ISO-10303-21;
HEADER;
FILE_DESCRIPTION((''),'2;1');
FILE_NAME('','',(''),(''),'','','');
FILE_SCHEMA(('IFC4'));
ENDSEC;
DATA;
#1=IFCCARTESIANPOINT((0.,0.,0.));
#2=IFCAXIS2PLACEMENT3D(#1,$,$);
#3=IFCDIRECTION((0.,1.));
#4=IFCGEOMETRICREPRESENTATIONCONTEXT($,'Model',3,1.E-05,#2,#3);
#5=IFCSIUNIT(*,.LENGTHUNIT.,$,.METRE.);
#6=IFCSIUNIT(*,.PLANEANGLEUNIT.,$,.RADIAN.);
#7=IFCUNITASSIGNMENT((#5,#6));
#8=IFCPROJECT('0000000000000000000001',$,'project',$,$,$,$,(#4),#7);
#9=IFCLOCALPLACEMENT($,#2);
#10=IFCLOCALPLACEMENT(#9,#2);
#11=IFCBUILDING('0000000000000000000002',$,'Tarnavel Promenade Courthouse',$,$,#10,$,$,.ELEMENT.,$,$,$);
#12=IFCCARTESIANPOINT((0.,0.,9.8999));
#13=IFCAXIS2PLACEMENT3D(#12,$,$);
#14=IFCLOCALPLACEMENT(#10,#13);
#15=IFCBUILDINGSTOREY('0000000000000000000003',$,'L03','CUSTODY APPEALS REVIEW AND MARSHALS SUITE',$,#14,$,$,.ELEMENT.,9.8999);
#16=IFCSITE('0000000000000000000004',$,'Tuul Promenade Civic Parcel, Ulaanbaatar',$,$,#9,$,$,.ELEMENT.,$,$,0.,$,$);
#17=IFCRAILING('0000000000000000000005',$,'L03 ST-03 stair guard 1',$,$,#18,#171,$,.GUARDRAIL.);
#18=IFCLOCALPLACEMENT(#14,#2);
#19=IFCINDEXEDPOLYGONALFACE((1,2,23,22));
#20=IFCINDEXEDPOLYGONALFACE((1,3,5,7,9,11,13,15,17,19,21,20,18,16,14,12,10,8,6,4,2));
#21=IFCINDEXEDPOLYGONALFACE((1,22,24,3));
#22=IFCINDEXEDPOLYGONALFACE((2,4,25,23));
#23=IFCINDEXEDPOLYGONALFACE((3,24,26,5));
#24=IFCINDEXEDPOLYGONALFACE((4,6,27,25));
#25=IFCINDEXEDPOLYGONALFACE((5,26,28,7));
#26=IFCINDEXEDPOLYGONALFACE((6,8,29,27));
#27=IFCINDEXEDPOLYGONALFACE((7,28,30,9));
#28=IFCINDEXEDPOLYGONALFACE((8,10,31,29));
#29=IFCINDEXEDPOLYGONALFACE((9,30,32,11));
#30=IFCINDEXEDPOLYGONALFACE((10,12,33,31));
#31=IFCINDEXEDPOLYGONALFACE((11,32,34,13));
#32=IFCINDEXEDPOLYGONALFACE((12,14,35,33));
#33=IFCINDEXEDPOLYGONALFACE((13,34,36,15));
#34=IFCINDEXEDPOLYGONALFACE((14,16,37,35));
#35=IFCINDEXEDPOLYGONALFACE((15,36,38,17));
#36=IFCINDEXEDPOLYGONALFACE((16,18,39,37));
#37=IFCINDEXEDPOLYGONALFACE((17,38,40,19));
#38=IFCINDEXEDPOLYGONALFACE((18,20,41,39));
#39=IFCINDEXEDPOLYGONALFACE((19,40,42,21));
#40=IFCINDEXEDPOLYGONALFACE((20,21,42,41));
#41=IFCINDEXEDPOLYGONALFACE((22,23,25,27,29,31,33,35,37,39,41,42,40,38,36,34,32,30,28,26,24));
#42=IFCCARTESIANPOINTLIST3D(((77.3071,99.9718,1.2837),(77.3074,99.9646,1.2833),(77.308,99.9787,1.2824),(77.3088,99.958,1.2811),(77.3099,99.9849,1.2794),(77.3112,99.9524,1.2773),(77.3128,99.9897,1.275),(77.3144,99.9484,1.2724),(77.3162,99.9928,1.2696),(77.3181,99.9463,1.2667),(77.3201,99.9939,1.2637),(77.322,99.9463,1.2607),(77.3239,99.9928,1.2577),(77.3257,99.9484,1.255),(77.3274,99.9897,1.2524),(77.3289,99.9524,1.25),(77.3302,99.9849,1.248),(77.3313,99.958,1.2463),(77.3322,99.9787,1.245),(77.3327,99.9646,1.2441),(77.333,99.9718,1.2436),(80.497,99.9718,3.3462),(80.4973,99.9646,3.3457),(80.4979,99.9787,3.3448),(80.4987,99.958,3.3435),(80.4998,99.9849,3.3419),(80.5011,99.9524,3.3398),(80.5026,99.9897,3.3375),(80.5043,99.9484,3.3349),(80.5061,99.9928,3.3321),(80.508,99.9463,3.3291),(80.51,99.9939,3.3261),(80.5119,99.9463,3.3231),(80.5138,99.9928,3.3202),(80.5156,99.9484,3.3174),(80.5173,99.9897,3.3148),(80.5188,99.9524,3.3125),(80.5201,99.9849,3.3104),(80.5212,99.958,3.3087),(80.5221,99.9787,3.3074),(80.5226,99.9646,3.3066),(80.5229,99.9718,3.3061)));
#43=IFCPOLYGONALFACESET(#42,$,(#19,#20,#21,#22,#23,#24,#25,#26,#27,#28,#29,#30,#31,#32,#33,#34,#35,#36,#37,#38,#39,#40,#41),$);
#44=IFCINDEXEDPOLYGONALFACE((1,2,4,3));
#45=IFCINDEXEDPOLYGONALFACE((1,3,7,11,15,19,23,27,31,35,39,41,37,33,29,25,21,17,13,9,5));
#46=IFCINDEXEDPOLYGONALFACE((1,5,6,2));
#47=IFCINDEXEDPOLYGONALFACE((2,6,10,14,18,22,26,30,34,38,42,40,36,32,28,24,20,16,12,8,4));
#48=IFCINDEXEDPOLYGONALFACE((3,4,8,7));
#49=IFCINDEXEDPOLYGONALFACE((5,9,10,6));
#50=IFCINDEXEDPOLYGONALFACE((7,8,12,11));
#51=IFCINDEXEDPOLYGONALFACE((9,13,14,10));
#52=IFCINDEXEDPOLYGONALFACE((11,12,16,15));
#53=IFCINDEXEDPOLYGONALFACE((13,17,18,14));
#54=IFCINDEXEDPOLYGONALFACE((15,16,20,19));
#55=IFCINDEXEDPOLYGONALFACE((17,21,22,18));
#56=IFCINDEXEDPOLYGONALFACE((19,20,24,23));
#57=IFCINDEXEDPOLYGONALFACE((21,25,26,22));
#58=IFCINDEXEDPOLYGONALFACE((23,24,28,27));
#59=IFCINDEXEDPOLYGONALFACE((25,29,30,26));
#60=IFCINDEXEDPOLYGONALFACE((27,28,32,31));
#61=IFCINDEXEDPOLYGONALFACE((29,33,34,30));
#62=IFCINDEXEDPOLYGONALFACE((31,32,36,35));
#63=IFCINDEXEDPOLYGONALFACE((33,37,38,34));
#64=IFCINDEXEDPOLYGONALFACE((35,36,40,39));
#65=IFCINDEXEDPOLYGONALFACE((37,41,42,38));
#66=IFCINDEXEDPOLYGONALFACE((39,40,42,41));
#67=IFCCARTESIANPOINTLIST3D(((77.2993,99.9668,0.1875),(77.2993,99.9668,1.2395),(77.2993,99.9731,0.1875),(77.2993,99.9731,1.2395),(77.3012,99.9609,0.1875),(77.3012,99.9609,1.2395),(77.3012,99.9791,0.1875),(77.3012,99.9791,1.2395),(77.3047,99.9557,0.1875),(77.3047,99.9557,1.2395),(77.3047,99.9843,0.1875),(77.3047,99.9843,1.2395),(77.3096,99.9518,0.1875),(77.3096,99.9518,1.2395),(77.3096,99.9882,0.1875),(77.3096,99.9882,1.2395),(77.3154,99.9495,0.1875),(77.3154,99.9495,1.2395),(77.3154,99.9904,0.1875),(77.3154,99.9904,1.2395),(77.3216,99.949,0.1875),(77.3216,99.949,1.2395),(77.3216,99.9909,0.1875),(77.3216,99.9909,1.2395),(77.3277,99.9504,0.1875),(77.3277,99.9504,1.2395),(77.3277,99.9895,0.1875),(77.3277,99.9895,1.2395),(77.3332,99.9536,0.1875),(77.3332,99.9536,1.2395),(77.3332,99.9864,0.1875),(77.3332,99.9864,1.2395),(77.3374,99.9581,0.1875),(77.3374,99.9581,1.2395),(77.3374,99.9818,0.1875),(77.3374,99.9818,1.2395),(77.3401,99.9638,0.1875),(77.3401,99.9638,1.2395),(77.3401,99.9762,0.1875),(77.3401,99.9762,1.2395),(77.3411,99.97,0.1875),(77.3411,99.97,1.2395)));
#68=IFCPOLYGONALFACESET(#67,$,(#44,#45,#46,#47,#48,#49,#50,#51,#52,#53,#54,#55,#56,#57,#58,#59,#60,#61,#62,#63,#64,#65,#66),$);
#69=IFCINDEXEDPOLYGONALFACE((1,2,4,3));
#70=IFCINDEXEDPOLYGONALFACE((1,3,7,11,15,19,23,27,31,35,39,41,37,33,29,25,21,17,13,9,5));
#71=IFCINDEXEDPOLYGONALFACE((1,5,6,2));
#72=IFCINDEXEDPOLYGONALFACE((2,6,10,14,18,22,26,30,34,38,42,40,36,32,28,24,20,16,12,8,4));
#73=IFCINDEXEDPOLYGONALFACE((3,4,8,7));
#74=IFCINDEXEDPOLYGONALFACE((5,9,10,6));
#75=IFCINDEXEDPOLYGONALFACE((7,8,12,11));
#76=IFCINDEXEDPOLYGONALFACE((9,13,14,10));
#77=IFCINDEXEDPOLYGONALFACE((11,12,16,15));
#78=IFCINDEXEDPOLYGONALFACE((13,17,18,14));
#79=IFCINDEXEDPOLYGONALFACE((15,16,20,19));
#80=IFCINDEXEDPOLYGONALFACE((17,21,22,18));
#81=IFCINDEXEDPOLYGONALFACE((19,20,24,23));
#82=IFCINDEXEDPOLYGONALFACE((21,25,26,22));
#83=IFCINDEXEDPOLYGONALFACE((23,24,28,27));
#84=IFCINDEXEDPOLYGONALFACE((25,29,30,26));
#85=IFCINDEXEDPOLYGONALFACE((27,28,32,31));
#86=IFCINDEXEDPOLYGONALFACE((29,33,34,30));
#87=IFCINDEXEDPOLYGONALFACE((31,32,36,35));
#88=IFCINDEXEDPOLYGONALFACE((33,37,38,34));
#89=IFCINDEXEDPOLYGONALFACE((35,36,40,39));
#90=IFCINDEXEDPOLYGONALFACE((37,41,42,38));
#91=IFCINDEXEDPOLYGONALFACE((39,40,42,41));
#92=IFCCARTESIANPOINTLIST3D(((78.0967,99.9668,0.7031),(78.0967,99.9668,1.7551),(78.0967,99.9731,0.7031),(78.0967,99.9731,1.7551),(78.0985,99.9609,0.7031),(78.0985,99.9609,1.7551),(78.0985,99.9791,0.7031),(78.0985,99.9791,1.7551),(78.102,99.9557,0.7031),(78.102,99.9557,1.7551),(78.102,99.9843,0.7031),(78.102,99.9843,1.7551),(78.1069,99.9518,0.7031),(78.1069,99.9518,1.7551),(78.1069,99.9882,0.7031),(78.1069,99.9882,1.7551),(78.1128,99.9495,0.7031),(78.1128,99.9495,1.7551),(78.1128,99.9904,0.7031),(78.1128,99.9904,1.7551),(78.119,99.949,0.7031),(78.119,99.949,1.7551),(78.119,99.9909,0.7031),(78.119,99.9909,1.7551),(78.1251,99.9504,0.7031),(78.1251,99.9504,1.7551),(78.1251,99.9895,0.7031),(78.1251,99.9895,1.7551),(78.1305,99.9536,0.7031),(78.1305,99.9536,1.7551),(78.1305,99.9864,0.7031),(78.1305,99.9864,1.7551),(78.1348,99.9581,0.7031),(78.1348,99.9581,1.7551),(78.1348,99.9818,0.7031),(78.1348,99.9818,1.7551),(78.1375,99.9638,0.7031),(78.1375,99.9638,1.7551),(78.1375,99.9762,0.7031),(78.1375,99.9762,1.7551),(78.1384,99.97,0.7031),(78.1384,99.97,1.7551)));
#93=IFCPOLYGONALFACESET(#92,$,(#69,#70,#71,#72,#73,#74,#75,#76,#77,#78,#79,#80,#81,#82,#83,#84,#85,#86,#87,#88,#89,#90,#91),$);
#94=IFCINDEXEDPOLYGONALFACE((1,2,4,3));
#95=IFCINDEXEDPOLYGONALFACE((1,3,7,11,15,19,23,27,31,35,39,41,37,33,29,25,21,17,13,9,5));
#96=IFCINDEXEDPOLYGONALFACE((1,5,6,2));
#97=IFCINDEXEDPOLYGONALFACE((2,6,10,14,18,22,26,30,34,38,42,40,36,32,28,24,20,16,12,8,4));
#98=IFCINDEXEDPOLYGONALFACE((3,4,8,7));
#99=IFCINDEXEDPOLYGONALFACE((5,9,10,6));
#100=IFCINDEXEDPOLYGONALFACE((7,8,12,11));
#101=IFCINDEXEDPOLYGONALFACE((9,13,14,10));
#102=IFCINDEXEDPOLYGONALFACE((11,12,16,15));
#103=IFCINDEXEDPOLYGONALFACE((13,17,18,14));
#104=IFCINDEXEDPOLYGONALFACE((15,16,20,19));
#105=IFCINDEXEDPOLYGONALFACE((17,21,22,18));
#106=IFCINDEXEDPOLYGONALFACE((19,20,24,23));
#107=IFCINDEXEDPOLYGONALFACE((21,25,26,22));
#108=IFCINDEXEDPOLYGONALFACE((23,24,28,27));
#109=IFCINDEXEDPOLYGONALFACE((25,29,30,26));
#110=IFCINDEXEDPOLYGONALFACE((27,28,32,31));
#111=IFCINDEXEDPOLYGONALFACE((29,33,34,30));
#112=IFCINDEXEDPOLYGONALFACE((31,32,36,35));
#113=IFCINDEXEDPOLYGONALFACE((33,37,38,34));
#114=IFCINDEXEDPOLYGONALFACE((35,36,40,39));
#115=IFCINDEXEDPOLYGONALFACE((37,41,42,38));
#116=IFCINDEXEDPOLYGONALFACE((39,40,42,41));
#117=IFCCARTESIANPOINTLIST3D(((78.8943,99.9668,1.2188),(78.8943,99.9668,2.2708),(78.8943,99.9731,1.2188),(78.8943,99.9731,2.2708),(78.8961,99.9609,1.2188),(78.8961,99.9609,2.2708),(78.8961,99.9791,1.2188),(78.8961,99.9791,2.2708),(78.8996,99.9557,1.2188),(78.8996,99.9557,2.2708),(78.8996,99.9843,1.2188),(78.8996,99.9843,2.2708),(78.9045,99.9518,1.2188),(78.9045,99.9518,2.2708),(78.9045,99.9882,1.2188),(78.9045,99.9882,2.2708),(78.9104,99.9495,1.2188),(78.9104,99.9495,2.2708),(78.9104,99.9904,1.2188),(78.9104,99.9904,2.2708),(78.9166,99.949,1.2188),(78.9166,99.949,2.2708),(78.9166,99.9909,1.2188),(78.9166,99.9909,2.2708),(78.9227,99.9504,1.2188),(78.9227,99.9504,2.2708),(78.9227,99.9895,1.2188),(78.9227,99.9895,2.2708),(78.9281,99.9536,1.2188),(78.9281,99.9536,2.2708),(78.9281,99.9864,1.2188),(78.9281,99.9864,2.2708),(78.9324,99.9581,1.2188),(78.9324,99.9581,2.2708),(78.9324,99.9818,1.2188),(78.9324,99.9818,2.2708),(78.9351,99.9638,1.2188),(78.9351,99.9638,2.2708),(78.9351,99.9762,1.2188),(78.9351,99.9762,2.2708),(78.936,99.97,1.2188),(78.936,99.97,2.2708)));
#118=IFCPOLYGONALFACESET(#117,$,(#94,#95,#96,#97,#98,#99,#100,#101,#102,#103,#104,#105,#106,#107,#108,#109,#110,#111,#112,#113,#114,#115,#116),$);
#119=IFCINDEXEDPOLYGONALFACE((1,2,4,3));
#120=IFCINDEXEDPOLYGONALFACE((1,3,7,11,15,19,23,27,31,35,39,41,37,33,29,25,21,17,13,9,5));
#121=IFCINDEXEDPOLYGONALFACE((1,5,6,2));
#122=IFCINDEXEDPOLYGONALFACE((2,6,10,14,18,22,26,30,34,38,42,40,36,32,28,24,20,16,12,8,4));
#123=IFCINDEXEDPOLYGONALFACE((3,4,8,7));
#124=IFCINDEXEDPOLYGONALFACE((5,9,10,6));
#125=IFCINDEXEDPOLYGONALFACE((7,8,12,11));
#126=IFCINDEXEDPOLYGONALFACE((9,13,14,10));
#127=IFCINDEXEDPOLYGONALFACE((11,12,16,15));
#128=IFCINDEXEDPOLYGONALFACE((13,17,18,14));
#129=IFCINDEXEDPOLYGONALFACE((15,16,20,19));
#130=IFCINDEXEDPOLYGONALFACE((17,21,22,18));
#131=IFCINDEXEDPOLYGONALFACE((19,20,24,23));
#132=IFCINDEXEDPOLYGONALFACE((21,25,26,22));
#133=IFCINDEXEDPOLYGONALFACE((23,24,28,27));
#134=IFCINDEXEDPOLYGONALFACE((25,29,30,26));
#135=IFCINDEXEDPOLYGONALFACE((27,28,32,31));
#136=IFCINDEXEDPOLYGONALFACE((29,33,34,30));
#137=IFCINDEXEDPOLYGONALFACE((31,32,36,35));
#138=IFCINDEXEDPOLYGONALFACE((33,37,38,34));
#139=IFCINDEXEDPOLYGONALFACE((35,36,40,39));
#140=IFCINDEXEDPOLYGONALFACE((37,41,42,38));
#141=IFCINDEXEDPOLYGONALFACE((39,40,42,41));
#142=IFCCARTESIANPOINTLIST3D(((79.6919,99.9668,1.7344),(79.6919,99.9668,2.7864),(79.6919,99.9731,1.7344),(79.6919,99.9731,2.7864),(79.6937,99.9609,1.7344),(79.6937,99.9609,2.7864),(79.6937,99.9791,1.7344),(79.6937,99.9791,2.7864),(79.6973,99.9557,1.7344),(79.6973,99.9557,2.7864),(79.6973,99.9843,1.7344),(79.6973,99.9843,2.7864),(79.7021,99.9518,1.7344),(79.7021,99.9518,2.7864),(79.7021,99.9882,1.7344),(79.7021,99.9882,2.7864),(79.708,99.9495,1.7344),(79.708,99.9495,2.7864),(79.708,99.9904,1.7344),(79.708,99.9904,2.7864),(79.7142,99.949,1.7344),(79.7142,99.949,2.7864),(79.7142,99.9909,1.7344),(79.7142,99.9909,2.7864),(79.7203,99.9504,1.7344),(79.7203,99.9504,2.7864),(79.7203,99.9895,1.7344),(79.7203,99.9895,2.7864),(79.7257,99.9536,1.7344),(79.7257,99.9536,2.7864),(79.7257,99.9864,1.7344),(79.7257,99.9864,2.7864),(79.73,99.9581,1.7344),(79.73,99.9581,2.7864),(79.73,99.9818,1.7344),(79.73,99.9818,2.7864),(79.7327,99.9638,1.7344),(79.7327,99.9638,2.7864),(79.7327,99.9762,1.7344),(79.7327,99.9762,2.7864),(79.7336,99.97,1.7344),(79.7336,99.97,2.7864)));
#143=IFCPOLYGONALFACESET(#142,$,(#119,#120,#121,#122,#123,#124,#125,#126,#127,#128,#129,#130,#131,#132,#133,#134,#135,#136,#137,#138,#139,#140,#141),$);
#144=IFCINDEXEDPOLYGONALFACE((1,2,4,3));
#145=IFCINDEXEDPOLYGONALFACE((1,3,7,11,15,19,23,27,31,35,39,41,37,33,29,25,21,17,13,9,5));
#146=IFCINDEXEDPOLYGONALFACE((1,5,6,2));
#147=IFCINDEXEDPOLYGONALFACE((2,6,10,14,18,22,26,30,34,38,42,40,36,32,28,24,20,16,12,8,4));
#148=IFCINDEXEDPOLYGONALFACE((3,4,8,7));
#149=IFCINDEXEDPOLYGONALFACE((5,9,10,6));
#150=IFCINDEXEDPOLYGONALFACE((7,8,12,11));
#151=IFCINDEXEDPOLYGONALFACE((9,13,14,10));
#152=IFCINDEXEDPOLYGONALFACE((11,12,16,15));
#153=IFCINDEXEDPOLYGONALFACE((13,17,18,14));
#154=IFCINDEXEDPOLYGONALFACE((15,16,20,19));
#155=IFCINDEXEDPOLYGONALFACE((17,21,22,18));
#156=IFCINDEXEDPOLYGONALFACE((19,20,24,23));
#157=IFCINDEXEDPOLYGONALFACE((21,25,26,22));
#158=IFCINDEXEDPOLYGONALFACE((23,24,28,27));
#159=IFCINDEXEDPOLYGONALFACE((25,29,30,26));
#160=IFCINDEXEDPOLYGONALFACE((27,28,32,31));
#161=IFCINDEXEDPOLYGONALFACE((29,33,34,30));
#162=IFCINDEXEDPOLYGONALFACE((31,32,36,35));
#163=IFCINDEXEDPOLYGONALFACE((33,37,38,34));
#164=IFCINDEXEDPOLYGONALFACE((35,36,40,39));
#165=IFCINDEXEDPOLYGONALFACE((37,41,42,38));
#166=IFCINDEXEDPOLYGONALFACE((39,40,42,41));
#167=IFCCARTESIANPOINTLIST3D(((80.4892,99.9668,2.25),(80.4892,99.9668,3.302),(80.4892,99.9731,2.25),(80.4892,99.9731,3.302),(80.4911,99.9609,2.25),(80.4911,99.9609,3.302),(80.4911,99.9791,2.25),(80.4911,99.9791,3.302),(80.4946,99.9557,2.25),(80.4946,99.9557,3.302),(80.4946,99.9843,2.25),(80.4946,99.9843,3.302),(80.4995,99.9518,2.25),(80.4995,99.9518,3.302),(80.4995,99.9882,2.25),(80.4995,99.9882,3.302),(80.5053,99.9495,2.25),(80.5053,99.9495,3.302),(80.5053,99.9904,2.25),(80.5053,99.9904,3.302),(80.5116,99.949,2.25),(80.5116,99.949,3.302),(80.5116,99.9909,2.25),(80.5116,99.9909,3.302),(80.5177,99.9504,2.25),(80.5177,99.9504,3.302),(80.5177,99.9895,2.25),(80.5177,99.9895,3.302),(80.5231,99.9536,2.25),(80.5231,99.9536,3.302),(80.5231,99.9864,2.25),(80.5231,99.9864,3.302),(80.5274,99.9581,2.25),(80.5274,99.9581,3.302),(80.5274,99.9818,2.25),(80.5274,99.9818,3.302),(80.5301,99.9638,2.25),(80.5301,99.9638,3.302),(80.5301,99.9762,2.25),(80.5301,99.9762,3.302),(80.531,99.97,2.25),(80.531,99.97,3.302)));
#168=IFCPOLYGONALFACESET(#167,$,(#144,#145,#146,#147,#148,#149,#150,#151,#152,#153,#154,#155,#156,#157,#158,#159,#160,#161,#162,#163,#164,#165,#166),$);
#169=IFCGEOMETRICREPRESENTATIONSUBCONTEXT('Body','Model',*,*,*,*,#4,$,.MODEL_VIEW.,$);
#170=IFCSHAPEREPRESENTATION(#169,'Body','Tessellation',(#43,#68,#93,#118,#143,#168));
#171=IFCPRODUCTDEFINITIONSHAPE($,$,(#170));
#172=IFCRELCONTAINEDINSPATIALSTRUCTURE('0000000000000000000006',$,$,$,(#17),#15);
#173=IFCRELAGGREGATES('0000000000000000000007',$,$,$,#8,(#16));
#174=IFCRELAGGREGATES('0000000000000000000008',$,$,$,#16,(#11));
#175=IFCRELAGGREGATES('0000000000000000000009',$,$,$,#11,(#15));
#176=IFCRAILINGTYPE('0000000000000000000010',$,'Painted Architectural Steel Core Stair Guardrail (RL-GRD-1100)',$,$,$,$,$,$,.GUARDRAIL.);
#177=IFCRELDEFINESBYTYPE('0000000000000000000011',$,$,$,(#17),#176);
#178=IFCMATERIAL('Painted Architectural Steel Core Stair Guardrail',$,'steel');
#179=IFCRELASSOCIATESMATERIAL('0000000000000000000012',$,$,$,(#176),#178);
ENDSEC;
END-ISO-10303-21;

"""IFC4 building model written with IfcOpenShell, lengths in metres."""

from ifc_helpers import new_model, si_unit, direction, frame, origin, origin_2d, place, context, subcontext, project, spatial, circle, extrude, material, type_object, element, save


model = new_model("IFC4")

# Units and contexts
model_context = context("Model", 3, precision=1e-05, world=origin(), true_north=direction((0.0, 1.0)))
body_context = subcontext(model_context, "Body", "Model", "MODEL_VIEW")
ifc_project = project(units=[si_unit("LENGTHUNIT", "METRE"), si_unit("PLANEANGLEUNIT", "RADIAN")], contexts=[model_context])

# Site, building, storey
site_placement = place(None, origin())
site = spatial("IfcSite", under=ifc_project, at=site_placement, Name="Tuul Promenade Civic Parcel, Ulaanbaatar", CompositionType="ELEMENT", RefElevation=0.0)
building_placement = place(site_placement, origin())
building = spatial("IfcBuilding", under=site, at=building_placement, Name="Tarnavel Promenade Courthouse", CompositionType="ELEMENT")
storey_placement = place(building_placement, frame((0.0, 0.0, 9.8999)))
storey = spatial("IfcBuildingStorey", under=building, at=storey_placement, Name="L03", Description="CUSTODY APPEALS REVIEW AND MARSHALS SUITE", CompositionType="ELEMENT", Elevation=9.8999)

# Railing
ifc_material_1 = material(Name="Painted Architectural Steel Core Stair Guardrail", Category="steel")
railing_type_1 = type_object("IfcRailingType", Name="Painted Architectural Steel Core Stair Guardrail (RL-GRD-1100)", PredefinedType="GUARDRAIL", material=ifc_material_1)
railing_1_placement = place(storey_placement, frame((77.3201, 99.97, 0.1875)))
element("IfcRailing", 1, at=railing_1_placement, inside=storey, type_object=railing_type_1, Name="L03 ST-03 stair guard 1", PredefinedType="GUARDRAIL", context=body_context, shape_type="SweptSolid", body=[
    extrude(circle(Radius=0.0239, at=origin_2d()), frame((0.0, 0.0, 1.0762), z_axis=(0.83976, 0.0, 0.542958), x_axis=(0.0, 1.0, 0.0)), (0.0, 0.0, 1.0), 3.7986),
    extrude(circle(Radius=0.021, at=origin_2d()), origin(), (0.0, 0.0, 1.0), 1.052),
    extrude(circle(Radius=0.021, at=origin_2d()), frame((0.7974, 0.0, 0.5156)), (0.0, 0.0, 1.0), 1.052),
    extrude(circle(Radius=0.021, at=origin_2d()), frame((1.595, 0.0, 1.0312)), (0.0, 0.0, 1.0), 1.052),
    extrude(circle(Radius=0.021, at=origin_2d()), frame((2.3926, 0.0, 1.5469)), (0.0, 0.0, 1.0), 1.052),
    extrude(circle(Radius=0.021, at=origin_2d()), frame((3.1899, 0.0, 2.0625)), (0.0, 0.0, 1.0), 1.052),
])

save(model, "model.ifc")
